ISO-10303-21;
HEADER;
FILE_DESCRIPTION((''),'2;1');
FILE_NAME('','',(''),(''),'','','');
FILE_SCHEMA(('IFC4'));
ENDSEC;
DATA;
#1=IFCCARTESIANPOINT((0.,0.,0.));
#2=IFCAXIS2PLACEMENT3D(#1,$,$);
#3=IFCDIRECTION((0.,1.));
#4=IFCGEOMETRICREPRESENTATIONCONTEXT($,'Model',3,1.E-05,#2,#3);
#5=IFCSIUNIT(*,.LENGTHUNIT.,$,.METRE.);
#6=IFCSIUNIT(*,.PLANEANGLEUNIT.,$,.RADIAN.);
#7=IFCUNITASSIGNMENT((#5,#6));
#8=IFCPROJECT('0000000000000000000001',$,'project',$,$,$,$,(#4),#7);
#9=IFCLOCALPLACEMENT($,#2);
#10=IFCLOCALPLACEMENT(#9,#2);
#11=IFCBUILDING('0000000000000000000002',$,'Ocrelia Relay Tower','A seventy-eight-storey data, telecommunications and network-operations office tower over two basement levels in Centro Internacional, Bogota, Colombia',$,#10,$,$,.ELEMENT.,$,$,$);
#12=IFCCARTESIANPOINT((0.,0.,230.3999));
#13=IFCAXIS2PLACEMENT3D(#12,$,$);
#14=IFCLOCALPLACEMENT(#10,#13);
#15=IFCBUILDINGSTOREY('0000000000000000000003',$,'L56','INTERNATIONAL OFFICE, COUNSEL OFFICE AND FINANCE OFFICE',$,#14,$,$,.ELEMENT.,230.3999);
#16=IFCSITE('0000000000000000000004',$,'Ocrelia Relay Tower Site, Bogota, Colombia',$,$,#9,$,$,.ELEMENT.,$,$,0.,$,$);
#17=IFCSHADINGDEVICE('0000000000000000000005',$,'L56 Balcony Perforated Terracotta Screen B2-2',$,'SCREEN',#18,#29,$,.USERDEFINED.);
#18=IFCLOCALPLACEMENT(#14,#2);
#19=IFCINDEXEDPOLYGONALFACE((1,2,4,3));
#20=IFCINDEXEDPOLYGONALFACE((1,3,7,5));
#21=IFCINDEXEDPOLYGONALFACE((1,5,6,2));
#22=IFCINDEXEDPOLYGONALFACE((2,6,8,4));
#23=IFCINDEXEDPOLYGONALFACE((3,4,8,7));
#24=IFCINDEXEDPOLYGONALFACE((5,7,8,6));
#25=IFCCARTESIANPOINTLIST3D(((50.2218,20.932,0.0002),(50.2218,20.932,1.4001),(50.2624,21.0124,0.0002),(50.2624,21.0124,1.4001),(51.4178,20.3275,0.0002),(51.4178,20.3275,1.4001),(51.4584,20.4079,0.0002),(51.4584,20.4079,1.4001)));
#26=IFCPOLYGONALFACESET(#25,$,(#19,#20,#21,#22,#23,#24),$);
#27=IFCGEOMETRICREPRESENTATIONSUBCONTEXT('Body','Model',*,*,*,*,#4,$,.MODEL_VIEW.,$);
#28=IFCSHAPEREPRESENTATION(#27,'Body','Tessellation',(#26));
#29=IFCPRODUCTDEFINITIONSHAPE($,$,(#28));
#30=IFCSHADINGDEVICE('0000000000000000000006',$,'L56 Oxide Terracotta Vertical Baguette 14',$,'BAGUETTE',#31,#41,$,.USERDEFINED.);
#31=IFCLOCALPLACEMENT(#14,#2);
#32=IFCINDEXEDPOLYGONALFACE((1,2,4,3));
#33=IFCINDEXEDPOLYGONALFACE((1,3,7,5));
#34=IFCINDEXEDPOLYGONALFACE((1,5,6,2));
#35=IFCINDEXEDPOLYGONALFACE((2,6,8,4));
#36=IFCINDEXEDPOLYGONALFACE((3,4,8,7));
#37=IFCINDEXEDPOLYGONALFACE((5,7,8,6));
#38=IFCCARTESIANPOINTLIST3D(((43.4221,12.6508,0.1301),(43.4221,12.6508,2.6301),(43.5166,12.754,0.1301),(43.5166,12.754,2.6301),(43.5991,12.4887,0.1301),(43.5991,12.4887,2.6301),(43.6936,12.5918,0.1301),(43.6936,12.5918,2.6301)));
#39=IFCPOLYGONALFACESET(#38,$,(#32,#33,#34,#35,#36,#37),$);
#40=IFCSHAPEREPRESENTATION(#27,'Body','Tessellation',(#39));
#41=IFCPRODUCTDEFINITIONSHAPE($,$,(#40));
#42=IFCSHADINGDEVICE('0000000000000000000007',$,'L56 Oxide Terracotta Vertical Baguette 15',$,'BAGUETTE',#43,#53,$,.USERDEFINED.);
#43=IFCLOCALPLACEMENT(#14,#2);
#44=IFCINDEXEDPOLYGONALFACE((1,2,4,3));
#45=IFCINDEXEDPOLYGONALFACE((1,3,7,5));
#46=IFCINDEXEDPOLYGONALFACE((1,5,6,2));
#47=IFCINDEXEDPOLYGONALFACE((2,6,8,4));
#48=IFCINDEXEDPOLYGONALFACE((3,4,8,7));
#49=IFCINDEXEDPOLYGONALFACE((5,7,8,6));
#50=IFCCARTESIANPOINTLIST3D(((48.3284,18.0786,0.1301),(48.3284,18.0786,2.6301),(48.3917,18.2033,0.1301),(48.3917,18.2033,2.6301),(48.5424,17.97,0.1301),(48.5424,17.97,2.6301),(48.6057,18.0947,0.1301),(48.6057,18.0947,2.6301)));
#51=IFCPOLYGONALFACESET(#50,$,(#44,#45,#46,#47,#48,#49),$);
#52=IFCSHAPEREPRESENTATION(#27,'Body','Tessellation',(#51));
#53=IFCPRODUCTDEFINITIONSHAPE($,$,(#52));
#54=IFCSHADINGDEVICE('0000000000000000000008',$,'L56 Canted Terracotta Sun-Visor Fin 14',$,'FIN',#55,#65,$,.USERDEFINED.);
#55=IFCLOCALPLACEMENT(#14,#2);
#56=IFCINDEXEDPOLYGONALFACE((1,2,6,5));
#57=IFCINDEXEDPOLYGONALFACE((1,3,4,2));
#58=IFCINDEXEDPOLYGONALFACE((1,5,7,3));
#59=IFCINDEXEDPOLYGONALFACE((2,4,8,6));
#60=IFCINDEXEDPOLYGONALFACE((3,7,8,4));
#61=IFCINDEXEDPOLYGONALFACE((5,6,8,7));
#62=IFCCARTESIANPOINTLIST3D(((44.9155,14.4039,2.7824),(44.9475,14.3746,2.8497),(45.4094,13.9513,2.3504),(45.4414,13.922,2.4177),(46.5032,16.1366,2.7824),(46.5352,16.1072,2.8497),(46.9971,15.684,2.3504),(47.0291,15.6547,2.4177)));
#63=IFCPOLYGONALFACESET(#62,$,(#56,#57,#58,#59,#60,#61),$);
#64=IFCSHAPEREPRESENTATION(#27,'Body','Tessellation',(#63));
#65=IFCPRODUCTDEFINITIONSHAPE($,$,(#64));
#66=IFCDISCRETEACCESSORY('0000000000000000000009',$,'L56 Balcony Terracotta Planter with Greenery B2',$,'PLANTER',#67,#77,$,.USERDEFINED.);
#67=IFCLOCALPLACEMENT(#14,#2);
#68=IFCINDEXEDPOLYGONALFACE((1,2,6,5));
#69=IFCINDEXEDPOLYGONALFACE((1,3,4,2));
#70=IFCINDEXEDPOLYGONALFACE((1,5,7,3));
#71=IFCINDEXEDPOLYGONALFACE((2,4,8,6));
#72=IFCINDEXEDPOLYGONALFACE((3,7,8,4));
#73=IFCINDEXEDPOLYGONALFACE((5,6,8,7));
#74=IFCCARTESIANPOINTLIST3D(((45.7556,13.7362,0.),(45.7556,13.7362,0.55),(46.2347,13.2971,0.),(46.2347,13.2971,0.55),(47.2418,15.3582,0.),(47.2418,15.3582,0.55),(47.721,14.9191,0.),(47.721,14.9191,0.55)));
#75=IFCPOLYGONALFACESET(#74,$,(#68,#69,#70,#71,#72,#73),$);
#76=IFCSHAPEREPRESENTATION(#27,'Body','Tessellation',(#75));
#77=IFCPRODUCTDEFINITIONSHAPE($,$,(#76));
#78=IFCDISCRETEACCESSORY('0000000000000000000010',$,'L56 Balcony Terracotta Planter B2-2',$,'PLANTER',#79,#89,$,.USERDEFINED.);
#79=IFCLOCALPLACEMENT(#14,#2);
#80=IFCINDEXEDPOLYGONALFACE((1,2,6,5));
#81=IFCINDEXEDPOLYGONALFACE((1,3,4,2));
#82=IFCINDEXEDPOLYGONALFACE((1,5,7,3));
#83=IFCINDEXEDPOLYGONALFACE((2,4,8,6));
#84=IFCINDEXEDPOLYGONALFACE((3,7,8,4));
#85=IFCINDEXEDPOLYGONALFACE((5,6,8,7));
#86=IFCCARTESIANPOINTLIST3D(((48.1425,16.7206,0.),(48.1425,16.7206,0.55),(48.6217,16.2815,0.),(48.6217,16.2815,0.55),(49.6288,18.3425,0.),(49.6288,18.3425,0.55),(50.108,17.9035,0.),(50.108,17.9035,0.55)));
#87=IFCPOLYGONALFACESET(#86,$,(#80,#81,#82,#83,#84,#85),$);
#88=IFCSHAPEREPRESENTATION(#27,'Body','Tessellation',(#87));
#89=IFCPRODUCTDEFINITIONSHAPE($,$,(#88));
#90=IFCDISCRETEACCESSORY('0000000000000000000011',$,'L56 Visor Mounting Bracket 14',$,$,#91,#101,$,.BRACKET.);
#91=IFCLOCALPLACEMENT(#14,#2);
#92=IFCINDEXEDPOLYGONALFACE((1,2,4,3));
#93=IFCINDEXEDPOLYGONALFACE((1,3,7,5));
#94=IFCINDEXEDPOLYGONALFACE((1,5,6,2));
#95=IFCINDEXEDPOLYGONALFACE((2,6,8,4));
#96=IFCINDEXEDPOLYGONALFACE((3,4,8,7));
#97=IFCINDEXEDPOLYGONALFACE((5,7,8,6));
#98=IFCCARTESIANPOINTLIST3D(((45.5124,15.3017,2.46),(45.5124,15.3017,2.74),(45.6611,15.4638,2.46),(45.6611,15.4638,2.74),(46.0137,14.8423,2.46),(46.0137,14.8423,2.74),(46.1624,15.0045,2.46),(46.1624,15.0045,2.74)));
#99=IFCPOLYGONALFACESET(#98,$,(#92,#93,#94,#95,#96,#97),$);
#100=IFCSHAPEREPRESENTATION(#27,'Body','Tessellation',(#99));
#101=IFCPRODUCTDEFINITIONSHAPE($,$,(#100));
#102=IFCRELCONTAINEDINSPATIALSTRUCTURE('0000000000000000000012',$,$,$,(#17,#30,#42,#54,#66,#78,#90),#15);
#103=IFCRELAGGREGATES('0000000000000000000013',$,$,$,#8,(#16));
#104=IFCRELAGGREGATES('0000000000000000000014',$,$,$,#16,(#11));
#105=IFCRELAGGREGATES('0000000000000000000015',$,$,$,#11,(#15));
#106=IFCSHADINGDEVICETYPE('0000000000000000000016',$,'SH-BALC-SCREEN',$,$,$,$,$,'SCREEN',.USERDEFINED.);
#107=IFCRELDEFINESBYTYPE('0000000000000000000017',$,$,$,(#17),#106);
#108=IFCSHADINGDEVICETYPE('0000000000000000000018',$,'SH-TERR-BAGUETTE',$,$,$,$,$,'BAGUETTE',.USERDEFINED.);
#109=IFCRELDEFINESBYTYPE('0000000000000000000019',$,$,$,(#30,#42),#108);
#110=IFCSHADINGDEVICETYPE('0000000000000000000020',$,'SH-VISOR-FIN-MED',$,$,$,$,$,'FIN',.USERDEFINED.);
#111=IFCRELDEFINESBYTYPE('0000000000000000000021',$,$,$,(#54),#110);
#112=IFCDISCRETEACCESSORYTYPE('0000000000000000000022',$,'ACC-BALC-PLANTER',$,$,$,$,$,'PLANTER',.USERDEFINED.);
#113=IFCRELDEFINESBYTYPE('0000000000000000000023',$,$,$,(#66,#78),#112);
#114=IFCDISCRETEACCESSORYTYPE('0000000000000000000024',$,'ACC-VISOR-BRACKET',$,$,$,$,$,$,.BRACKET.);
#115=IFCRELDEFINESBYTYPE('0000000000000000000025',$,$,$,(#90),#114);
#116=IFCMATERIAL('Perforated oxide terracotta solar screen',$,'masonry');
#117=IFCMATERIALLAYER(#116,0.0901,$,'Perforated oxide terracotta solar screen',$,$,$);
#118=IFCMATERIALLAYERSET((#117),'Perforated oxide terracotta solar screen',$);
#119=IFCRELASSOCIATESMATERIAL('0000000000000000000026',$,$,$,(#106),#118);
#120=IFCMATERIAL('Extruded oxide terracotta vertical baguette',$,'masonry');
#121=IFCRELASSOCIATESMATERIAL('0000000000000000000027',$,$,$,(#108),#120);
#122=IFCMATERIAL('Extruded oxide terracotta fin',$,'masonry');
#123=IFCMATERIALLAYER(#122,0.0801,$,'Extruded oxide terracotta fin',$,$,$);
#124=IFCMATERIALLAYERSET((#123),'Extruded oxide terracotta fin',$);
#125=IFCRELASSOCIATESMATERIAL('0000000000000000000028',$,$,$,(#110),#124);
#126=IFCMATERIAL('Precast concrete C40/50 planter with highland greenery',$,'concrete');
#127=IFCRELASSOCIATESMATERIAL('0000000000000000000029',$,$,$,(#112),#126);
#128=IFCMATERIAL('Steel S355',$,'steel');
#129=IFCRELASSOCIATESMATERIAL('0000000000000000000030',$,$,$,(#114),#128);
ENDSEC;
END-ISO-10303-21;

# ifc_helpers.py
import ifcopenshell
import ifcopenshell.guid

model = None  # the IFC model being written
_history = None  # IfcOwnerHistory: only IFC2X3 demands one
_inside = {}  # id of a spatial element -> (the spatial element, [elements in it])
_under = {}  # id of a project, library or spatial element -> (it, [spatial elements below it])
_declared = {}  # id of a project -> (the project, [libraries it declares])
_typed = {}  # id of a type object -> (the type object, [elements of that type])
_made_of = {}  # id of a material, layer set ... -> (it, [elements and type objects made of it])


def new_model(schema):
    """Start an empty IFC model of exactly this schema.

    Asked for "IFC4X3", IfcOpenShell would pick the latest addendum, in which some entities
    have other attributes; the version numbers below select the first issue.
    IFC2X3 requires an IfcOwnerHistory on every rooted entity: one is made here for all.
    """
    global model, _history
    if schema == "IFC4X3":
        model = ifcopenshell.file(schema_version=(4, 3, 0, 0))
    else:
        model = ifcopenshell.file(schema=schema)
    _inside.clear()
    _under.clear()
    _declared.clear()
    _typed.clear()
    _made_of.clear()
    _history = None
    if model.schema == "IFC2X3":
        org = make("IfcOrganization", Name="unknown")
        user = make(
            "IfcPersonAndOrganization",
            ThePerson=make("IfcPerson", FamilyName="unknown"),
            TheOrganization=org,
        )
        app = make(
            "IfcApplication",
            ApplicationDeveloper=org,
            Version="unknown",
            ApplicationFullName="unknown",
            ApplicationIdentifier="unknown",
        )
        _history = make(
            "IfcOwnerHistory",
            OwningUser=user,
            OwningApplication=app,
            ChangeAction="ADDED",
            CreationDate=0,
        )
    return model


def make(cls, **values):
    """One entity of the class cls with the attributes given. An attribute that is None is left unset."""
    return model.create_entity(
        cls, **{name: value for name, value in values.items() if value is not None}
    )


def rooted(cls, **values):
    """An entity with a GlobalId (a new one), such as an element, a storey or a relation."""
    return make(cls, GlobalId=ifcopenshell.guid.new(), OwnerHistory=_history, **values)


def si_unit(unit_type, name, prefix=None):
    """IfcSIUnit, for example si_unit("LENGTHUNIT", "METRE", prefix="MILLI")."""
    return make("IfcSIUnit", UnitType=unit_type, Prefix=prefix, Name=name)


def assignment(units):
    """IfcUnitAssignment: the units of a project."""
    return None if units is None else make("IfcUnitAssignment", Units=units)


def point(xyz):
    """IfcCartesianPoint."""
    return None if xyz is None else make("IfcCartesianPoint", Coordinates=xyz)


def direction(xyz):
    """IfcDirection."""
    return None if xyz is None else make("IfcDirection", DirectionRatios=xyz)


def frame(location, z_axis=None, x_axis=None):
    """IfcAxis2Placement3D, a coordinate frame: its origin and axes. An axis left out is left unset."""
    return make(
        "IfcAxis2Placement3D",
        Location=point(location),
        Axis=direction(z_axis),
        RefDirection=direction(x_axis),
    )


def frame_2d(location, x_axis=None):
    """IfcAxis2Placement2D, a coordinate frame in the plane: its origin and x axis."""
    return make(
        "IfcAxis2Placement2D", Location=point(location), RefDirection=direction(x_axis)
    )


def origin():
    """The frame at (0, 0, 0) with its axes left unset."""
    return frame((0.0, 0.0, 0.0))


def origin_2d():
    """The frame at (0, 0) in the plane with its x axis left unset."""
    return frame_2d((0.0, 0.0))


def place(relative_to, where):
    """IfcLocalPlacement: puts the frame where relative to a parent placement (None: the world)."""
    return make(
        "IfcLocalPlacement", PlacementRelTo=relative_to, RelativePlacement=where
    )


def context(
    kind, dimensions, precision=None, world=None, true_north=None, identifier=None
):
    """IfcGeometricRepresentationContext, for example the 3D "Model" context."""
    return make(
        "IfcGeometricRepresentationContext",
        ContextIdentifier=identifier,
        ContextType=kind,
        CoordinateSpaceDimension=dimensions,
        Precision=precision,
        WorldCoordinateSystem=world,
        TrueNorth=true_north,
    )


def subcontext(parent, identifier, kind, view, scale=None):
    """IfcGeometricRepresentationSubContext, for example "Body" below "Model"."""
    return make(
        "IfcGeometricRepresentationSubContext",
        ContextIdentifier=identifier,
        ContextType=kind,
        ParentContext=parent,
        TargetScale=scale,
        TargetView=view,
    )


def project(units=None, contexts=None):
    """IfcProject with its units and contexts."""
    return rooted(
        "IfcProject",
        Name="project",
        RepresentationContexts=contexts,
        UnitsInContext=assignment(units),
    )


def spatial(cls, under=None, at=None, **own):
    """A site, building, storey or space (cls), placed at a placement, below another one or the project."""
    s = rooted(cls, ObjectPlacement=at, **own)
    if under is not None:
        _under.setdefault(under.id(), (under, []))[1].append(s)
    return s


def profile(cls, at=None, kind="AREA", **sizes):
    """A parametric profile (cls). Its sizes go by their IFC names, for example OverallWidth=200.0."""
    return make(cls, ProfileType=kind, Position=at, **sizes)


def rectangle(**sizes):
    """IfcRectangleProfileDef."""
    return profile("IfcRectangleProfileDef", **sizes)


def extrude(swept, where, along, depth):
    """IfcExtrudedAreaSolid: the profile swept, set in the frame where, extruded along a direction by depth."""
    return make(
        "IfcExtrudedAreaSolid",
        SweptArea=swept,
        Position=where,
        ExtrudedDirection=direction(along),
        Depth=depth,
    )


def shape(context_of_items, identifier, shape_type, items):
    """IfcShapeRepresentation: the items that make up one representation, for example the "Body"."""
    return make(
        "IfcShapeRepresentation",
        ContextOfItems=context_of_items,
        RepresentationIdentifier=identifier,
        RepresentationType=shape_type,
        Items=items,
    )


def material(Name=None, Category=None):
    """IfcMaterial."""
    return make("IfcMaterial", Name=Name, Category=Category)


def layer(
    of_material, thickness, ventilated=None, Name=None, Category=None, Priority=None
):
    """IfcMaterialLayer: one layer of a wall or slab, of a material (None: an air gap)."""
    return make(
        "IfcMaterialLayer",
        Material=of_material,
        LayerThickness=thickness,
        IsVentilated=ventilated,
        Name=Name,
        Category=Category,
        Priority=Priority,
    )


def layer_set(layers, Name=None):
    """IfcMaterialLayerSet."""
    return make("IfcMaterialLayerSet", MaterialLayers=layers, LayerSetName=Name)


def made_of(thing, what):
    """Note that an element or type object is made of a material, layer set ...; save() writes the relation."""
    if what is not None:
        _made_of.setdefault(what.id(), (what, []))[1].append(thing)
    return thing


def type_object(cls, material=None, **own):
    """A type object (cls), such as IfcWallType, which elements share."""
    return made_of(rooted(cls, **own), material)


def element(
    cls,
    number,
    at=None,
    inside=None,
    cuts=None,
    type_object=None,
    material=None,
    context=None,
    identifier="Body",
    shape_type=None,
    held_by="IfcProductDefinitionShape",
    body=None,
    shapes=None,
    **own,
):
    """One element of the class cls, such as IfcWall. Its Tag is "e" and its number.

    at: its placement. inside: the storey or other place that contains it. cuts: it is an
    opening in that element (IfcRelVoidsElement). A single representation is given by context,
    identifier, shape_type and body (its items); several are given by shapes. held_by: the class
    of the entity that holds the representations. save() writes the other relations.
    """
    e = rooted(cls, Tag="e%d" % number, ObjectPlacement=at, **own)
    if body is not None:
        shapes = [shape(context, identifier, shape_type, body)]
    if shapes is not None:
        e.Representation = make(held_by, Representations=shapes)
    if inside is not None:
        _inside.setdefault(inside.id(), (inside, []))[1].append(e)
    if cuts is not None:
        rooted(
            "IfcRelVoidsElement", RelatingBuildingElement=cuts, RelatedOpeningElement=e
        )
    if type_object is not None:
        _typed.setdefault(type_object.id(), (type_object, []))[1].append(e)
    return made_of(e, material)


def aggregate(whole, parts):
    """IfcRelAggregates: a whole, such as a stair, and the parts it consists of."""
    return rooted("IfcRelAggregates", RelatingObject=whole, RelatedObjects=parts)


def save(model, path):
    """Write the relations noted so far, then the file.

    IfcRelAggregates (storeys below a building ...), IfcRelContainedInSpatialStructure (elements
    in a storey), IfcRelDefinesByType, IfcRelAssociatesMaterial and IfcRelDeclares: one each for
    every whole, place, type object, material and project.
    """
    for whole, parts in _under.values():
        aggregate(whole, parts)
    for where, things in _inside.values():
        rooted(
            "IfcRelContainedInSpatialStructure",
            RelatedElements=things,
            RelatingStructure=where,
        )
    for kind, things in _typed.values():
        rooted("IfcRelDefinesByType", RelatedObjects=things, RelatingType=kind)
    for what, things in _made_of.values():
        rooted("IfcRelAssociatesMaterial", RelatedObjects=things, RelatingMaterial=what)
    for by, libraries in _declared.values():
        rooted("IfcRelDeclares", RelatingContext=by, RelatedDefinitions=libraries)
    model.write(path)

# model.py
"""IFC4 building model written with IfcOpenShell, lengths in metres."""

from ifc_helpers import new_model, si_unit, direction, frame, origin, origin_2d, place, context, subcontext, project, spatial, rectangle, extrude, material, layer, layer_set, type_object, element, save


model = new_model("IFC4")

# Units and contexts
model_context = context("Model", 3, precision=1e-05, world=origin(), true_north=direction((0.0, 1.0)))
body_context = subcontext(model_context, "Body", "Model", "MODEL_VIEW")
ifc_project = project(units=[si_unit("LENGTHUNIT", "METRE"), si_unit("PLANEANGLEUNIT", "RADIAN")], contexts=[model_context])

# Site, building, storey
site_placement = place(None, origin())
site = spatial("IfcSite", under=ifc_project, at=site_placement, Name="Ocrelia Relay Tower Site, Bogota, Colombia", CompositionType="ELEMENT", RefElevation=0.0)
building_placement = place(site_placement, origin())
building = spatial("IfcBuilding", under=site, at=building_placement, Name="Ocrelia Relay Tower", Description="A seventy-eight-storey data, telecommunications and network-operations office tower over two basement levels in Centro Internacional, Bogota, Colombia", CompositionType="ELEMENT")
storey_placement = place(building_placement, frame((0.0, 0.0, 230.3999)))
storey = spatial("IfcBuildingStorey", under=building, at=storey_placement, Name="L56", Description="INTERNATIONAL OFFICE, COUNSEL OFFICE AND FINANCE OFFICE", CompositionType="ELEMENT", Elevation=230.3999)

# Shared definitions
ifc_material_1 = material(Name="Steel S355", Category="steel")

# Shading devices
ifc_material_2 = material(Name="Perforated oxide terracotta solar screen", Category="masonry")
ifc_layer_1 = layer(ifc_material_2, 0.0901, Name="Perforated oxide terracotta solar screen")
ifc_layer_set_1 = layer_set([ifc_layer_1], Name="Perforated oxide terracotta solar screen")
shading_device_type_1 = type_object("IfcShadingDeviceType", Name="SH-BALC-SCREEN", ElementType="SCREEN", PredefinedType="USERDEFINED", material=ifc_layer_set_1)
shading_device_1_placement = place(storey_placement, frame((50.8401, 20.6699, 0.0002), z_axis=(0.0, 0.0, 1.0), x_axis=(0.892467, -0.451113, 0.0)))
element("IfcShadingDevice", 1, at=shading_device_1_placement, inside=storey, type_object=shading_device_type_1, Name="L56 Balcony Perforated Terracotta Screen B2-2", ObjectType="SCREEN", PredefinedType="USERDEFINED", context=body_context, shape_type="SweptSolid", body=[
    extrude(rectangle(XDim=1.3401, YDim=0.0901, at=origin_2d()), origin(), (0.0, 0.0, 1.0), 1.3999),
])
ifc_material_3 = material(Name="Extruded oxide terracotta vertical baguette", Category="masonry")
shading_device_type_2 = type_object("IfcShadingDeviceType", Name="SH-TERR-BAGUETTE", ElementType="BAGUETTE", PredefinedType="USERDEFINED", material=ifc_material_3)
for number, where, z_axis, x_axis, name in (
    (2, (43.5579, 12.6213, 0.1301), (0.0, 0.0, 1.0), (0.67559, 0.737278, 0.0), "L56 Oxide Terracotta Vertical Baguette 14"),
    (3, (48.467, 18.0867, 0.1301), (0.0, 0.0, 1.0), (0.452574, 0.891727, 0.0), "L56 Oxide Terracotta Vertical Baguette 15"),
):
    element("IfcShadingDevice", number, at=place(storey_placement, frame(where, z_axis=z_axis, x_axis=x_axis)), inside=storey, type_object=shading_device_type_2, Name=name, ObjectType="BAGUETTE", PredefinedType="USERDEFINED", context=body_context, shape_type="SweptSolid", body=[
        extrude(rectangle(XDim=0.1399, YDim=0.24, at=origin_2d()), origin(), (0.0, 0.0, 1.0), 2.5),
    ])
ifc_material_4 = material(Name="Extruded oxide terracotta fin", Category="masonry")
ifc_layer_2 = layer(ifc_material_4, 0.0801, Name="Extruded oxide terracotta fin")
ifc_layer_set_2 = layer_set([ifc_layer_2], Name="Extruded oxide terracotta fin")
shading_device_type_3 = type_object("IfcShadingDeviceType", Name="SH-VISOR-FIN-MED", ElementType="FIN", PredefinedType="USERDEFINED", material=ifc_layer_set_2)
shading_device_2_placement = place(storey_placement, frame((45.9563, 15.0439, 2.5664), z_axis=(0.399606, -0.366171, 0.840377), x_axis=(0.67559, 0.737278, 0.0)))
element("IfcShadingDevice", 4, at=shading_device_2_placement, inside=storey, type_object=shading_device_type_3, Name="L56 Canted Terracotta Sun-Visor Fin 14", ObjectType="FIN", PredefinedType="USERDEFINED", context=body_context, shape_type="SweptSolid", body=[
    extrude(rectangle(XDim=2.3501, YDim=0.7971, at=origin_2d()), origin(), (0.0, 0.0, 1.0), 0.0801),
])

# Discrete accessories
ifc_material_5 = material(Name="Precast concrete C40/50 planter with highland greenery", Category="concrete")
discrete_accessory_type_1 = type_object("IfcDiscreteAccessoryType", Name="ACC-BALC-PLANTER", ElementType="PLANTER", PredefinedType="USERDEFINED", material=ifc_material_5)
for number, where, z_axis, x_axis, name in (
    (5, (46.7383, 14.3276, 0.0), (0.0, 0.0, 1.0), (-0.675593, -0.737275, 0.0), "L56 Balcony Terracotta Planter with Greenery B2"),
    (6, (49.1252, 17.312, 0.0), (0.0, 0.0, 1.0), (-0.675593, -0.737275, 0.0), "L56 Balcony Terracotta Planter B2-2"),
):
    element("IfcDiscreteAccessory", number, at=place(storey_placement, frame(where, z_axis=z_axis, x_axis=x_axis)), inside=storey, type_object=discrete_accessory_type_1, Name=name, ObjectType="PLANTER", PredefinedType="USERDEFINED", context=body_context, shape_type="SweptSolid", body=[
        extrude(rectangle(XDim=2.2, YDim=0.6499, at=origin_2d()), origin(), (0.0, 0.0, 1.0), 0.55),
    ])
discrete_accessory_type_2 = type_object("IfcDiscreteAccessoryType", Name="ACC-VISOR-BRACKET", PredefinedType="BRACKET", material=ifc_material_1)
discrete_accessory_placement = place(storey_placement, frame((45.8374, 15.1531, 2.46), z_axis=(0.0, 0.0, 1.0), x_axis=(0.67559, 0.737278, 0.0)))
element("IfcDiscreteAccessory", 7, at=discrete_accessory_placement, inside=storey, type_object=discrete_accessory_type_2, Name="L56 Visor Mounting Bracket 14", PredefinedType="BRACKET", context=body_context, shape_type="SweptSolid", body=[
    extrude(rectangle(XDim=0.22, YDim=0.6799, at=origin_2d()), origin(), (0.0, 0.0, 1.0), 0.28),
])

save(model, "model.ifc")
